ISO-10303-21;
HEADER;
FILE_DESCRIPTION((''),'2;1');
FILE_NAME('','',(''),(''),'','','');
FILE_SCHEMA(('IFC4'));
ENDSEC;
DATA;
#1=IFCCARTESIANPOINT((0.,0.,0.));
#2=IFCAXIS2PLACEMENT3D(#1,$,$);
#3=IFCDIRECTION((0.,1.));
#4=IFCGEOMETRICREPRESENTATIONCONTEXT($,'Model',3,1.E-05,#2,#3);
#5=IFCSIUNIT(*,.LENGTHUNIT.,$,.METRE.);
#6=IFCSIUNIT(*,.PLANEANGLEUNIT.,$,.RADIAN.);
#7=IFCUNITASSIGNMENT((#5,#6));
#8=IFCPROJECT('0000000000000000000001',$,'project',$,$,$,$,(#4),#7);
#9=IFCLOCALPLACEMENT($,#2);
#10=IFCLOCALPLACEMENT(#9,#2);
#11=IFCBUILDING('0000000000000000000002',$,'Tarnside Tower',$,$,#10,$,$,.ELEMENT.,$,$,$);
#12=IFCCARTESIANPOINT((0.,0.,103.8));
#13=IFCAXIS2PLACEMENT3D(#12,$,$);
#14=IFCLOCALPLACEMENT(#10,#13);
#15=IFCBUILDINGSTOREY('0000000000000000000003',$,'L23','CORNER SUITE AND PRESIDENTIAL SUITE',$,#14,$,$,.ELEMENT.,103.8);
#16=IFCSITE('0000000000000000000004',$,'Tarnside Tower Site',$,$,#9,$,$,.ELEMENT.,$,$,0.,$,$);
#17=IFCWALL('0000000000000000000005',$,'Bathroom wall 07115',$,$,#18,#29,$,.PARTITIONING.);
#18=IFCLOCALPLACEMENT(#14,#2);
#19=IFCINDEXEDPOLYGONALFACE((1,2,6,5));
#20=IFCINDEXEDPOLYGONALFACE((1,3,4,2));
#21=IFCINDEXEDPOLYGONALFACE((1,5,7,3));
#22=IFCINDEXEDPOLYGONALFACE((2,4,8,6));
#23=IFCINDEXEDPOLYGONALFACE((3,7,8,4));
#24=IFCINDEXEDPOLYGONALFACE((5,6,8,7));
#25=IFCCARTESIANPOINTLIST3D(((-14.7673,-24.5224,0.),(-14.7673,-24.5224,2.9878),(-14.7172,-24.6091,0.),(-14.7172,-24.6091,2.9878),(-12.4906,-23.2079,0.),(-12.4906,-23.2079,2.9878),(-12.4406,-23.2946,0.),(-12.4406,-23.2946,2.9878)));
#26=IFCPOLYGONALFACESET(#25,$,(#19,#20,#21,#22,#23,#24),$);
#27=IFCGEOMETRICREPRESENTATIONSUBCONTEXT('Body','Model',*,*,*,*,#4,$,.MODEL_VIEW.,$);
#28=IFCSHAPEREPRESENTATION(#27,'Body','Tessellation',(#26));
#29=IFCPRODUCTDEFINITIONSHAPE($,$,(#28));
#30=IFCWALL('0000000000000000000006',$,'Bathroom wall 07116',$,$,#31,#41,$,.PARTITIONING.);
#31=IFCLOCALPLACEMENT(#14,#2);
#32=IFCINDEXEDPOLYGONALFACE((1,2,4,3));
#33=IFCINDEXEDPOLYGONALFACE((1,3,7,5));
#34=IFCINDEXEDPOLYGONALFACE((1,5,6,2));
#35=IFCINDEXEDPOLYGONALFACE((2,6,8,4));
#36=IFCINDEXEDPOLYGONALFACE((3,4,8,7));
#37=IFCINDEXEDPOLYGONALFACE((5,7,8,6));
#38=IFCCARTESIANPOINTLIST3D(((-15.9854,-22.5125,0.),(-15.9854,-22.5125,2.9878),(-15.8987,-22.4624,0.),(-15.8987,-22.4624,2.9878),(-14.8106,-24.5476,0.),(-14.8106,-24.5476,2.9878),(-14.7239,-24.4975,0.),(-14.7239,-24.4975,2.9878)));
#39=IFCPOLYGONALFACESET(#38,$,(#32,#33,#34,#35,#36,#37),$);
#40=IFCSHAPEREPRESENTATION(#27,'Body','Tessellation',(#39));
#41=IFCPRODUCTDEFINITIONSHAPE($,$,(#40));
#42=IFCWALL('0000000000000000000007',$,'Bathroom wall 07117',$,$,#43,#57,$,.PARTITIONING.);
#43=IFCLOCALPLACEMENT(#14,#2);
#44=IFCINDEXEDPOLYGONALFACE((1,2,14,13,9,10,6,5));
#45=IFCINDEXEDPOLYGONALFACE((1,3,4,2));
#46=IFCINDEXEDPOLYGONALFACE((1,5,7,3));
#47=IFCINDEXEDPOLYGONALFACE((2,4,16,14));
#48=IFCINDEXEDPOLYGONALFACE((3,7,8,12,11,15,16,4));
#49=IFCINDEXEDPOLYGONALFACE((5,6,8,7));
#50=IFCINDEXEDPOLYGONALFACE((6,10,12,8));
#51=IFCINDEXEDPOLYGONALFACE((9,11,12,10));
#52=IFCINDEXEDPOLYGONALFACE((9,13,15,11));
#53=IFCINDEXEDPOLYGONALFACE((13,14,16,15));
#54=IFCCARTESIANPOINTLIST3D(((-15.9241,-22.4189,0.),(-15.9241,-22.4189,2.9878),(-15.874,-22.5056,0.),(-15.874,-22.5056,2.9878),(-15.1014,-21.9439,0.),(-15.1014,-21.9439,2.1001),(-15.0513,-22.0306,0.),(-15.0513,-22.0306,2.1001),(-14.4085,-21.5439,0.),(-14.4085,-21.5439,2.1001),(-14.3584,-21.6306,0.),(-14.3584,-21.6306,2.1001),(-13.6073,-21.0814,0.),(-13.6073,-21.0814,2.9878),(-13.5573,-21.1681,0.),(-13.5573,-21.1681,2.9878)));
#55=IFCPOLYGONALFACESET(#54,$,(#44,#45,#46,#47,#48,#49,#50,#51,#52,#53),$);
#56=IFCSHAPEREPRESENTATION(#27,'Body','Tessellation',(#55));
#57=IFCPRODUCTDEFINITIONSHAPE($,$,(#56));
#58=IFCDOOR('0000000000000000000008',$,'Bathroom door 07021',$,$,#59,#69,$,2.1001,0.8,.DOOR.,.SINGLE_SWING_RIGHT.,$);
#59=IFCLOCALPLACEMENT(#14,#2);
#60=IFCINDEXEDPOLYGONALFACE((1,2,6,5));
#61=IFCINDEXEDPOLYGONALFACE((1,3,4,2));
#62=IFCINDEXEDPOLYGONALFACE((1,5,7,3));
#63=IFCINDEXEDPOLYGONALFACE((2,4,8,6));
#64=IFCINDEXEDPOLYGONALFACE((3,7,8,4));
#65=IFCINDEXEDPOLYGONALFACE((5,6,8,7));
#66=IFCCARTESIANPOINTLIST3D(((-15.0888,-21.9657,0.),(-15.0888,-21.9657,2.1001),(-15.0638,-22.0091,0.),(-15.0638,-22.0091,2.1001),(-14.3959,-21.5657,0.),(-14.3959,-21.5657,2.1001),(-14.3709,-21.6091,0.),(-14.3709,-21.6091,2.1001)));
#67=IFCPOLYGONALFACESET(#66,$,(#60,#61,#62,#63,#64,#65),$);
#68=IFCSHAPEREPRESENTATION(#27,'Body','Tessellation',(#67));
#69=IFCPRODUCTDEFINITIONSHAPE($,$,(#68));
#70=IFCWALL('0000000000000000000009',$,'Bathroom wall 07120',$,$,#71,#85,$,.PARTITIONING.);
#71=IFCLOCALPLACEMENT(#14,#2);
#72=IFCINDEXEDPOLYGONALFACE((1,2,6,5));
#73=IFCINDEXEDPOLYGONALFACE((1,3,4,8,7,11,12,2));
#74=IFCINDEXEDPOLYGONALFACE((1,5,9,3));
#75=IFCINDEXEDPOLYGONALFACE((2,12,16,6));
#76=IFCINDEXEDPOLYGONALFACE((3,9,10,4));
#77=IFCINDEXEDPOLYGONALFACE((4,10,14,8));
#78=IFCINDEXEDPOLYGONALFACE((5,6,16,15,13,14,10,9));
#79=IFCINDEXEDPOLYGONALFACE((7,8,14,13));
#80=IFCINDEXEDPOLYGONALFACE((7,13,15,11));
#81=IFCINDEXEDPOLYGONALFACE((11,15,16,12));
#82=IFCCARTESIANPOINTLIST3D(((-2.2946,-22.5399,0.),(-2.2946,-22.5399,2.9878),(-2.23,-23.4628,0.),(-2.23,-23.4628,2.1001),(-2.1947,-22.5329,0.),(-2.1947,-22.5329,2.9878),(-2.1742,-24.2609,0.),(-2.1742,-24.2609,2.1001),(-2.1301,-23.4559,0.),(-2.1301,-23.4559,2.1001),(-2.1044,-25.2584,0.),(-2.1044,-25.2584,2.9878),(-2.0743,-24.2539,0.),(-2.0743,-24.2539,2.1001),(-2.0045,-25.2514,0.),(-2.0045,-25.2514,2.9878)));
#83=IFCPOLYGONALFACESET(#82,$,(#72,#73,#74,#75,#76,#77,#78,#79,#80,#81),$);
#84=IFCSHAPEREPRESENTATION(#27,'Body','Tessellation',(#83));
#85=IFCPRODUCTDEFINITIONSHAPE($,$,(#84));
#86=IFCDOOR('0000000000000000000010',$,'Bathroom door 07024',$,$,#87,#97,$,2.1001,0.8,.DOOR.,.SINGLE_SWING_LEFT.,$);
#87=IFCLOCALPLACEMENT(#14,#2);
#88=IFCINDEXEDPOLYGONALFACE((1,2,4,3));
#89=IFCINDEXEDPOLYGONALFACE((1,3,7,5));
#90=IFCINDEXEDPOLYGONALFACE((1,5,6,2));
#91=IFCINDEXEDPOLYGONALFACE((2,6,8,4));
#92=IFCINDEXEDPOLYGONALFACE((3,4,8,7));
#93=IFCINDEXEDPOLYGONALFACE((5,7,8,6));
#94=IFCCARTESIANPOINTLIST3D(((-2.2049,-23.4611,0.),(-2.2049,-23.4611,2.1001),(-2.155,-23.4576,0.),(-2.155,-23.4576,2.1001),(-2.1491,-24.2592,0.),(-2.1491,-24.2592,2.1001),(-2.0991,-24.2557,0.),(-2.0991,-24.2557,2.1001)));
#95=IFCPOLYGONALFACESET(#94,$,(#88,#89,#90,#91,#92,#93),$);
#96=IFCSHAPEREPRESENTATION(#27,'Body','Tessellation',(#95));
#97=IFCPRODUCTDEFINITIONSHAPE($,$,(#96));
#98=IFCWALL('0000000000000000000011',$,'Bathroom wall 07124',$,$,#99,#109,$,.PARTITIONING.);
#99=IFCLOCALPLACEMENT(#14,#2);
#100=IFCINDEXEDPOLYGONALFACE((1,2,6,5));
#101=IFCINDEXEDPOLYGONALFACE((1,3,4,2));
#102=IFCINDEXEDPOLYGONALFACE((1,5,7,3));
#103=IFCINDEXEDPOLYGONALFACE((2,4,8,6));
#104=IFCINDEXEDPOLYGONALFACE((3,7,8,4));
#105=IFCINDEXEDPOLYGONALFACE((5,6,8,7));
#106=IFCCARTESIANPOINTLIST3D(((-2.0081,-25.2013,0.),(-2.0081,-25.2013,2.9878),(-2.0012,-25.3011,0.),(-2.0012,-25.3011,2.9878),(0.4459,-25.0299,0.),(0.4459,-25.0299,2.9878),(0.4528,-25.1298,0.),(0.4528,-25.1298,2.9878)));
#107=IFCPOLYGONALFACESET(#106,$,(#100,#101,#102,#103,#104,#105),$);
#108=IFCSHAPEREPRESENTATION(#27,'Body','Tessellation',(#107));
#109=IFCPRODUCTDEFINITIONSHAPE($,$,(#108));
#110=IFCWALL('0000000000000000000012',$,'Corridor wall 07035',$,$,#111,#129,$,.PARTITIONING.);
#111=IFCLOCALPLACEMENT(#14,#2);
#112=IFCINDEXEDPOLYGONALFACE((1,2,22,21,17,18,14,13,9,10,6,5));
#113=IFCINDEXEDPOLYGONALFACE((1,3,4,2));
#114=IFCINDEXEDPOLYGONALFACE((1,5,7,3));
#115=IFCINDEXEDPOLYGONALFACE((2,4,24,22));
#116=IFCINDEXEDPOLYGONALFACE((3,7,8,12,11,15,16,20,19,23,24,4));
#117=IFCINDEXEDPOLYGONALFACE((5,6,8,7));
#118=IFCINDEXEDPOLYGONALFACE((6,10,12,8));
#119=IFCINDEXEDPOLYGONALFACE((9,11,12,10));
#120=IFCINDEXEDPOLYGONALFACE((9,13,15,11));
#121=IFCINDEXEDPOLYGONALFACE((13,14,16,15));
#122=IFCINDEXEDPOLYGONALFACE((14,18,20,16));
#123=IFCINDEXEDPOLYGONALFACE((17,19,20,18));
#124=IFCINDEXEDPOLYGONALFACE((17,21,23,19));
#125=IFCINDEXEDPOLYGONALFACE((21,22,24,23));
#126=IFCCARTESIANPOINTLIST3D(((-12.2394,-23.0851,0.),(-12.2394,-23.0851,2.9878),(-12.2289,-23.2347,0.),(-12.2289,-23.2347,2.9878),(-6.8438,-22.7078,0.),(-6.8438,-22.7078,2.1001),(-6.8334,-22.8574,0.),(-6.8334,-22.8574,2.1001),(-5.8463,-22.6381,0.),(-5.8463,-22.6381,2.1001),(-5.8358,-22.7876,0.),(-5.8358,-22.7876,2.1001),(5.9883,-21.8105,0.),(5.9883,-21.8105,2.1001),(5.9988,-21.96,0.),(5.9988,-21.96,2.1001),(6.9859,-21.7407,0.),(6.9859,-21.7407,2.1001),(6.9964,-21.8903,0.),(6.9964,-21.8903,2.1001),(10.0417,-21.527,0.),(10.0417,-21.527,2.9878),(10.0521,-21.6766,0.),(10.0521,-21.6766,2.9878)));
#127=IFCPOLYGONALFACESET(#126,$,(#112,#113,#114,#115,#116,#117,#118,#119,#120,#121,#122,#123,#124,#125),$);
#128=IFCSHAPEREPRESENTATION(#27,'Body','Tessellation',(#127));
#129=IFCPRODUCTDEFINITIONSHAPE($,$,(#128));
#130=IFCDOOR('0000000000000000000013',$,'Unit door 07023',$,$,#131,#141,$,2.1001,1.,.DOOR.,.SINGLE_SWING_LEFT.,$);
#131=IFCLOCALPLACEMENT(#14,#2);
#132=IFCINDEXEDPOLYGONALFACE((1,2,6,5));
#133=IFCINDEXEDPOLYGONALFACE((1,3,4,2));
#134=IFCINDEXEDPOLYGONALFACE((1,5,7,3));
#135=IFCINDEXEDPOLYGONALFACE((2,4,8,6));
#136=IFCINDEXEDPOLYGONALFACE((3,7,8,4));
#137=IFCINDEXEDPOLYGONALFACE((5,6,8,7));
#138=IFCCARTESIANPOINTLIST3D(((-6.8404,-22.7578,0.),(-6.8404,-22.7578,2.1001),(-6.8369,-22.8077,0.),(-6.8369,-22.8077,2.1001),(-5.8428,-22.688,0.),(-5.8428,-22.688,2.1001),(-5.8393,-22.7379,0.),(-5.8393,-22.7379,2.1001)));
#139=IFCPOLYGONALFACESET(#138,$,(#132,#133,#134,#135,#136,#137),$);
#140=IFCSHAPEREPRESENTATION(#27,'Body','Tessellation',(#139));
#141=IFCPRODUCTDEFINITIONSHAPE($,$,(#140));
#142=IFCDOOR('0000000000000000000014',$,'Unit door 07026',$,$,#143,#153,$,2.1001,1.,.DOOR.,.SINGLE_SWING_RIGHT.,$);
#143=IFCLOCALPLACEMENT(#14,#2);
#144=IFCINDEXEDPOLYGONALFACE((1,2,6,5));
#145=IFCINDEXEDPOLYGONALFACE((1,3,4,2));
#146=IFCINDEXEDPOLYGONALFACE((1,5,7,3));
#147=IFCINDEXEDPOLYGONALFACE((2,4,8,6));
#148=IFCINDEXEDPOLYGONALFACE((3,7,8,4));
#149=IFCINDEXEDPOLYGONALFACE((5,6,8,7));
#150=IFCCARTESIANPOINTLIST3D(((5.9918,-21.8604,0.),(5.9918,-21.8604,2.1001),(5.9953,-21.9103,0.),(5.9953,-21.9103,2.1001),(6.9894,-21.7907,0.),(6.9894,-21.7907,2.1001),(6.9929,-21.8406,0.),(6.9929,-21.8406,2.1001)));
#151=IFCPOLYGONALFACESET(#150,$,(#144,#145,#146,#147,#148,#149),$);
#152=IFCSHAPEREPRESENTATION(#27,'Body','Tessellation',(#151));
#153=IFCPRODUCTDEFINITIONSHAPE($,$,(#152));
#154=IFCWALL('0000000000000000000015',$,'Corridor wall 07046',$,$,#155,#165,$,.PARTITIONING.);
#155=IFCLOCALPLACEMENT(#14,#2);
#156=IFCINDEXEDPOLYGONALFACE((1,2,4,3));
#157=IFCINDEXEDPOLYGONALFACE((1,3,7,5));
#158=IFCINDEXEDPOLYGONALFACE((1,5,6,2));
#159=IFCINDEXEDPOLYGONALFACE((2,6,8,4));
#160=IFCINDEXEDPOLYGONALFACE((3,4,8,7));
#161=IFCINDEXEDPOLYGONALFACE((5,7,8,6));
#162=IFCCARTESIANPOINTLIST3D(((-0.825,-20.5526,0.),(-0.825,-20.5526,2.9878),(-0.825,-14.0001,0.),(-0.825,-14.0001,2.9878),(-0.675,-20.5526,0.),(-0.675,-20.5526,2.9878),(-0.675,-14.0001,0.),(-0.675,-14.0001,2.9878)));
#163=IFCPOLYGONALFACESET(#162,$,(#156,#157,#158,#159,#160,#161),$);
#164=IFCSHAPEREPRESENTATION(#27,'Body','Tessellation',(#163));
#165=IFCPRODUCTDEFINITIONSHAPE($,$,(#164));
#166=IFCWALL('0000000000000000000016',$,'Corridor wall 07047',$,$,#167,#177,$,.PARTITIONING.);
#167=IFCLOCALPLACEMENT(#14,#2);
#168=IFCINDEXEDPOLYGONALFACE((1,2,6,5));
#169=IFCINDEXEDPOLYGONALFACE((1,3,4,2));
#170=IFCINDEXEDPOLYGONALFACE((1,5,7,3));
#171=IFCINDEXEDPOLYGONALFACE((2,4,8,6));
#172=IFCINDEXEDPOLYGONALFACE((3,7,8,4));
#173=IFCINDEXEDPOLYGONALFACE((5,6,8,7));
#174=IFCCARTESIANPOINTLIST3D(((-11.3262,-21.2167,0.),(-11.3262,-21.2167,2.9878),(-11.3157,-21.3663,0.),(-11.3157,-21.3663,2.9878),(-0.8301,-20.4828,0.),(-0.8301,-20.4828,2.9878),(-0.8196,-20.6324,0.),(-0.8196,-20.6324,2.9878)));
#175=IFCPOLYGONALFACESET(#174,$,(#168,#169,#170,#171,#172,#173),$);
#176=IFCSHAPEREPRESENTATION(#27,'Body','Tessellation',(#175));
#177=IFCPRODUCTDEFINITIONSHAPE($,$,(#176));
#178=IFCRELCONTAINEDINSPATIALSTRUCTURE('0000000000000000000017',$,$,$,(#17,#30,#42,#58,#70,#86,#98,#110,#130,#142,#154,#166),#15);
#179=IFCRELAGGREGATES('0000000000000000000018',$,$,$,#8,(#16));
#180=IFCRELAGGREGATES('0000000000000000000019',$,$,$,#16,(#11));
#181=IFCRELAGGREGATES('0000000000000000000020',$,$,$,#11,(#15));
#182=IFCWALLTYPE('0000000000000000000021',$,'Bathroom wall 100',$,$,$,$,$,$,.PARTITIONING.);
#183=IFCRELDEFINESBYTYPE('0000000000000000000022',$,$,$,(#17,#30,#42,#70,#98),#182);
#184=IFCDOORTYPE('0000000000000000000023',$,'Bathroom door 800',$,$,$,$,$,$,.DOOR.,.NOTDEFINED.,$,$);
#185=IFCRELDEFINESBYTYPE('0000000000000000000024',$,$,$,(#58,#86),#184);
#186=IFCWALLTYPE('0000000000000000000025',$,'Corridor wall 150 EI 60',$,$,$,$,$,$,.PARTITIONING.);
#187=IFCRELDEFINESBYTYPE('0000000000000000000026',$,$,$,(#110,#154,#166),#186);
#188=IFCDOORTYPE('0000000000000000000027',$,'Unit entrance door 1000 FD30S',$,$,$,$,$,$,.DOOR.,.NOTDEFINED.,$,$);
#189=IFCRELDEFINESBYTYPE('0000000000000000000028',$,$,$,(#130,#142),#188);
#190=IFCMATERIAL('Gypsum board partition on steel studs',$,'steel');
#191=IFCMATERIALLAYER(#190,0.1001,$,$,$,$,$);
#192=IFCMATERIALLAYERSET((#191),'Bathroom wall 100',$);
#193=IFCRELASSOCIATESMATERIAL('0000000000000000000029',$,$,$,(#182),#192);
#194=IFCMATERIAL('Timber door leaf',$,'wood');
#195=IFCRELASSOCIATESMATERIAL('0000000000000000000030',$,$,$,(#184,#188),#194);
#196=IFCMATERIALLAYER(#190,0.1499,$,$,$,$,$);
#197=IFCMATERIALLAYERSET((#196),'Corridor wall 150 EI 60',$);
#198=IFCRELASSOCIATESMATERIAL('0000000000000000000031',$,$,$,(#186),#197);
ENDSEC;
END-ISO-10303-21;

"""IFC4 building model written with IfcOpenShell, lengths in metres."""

from ifc_helpers import new_model, si_unit, direction, frame, frame_2d, origin, place, context, subcontext, project, spatial, rectangle, extrude, material, layer, layer_set, type_object, element, fill, save


model = new_model("IFC4")

# Units and contexts
model_context = context("Model", 3, precision=1e-05, world=origin(), true_north=direction((0.0, 1.0)))
body_context = subcontext(model_context, "Body", "Model", "MODEL_VIEW")
ifc_project = project(units=[si_unit("LENGTHUNIT", "METRE"), si_unit("PLANEANGLEUNIT", "RADIAN")], contexts=[model_context])

# Site, building, storey
site_placement = place(None, origin())
site = spatial("IfcSite", under=ifc_project, at=site_placement, Name="Tarnside Tower Site", CompositionType="ELEMENT", RefElevation=0.0)
building_placement = place(site_placement, origin())
building = spatial("IfcBuilding", under=site, at=building_placement, Name="Tarnside Tower", CompositionType="ELEMENT")
storey_placement = place(building_placement, frame((0.0, 0.0, 103.8)))
storey = spatial("IfcBuildingStorey", under=building, at=storey_placement, Name="L23", Description="CORNER SUITE AND PRESIDENTIAL SUITE", CompositionType="ELEMENT", Elevation=103.8)

# Walls
ifc_material_1 = material(Name="Gypsum board partition on steel studs", Category="steel")
ifc_layer_1 = layer(ifc_material_1, 0.1001)
ifc_layer_set_1 = layer_set([ifc_layer_1], Name="Bathroom wall 100")
wall_type_1 = type_object("IfcWallType", Name="Bathroom wall 100", PredefinedType="PARTITIONING", material=ifc_layer_set_1)
wall_1_placement = place(storey_placement, frame((-12.4656, -23.2512, 0.0), z_axis=(0.0, 0.0, 1.0), x_axis=(-0.866017, -0.500015, 0.0)))
element("IfcWall", 1, at=wall_1_placement, inside=storey, type_object=wall_type_1, Name="Bathroom wall 07115", PredefinedType="PARTITIONING", context=body_context, shape_type="SweptSolid", body=[
    extrude(rectangle(XDim=2.6289, YDim=0.1001, at=frame_2d((1.3145, 0.0))), origin(), (0.0, 0.0, 1.0), 2.9878),
])
wall_2_placement = place(storey_placement, frame((-14.7673, -24.5225, 0.0), z_axis=(0.0, 0.0, 1.0), x_axis=(-0.499938, 0.866061, 0.0)))
element("IfcWall", 2, at=wall_2_placement, inside=storey, type_object=wall_type_1, Name="Bathroom wall 07116", PredefinedType="PARTITIONING", context=body_context, shape_type="SweptSolid", body=[
    extrude(rectangle(XDim=2.3499, YDim=0.1001, at=frame_2d((1.1748, 0.0))), origin(), (0.0, 0.0, 1.0), 2.9878),
])

# Walls, openings, doors
wall_3_placement = place(storey_placement, frame((-15.8989, -22.4622, 0.0), z_axis=(0.0, 0.0, 1.0), x_axis=(0.866044, 0.499967, 0.0)))
wall_3 = element("IfcWall", 3, at=wall_3_placement, inside=storey, type_object=wall_type_1, Name="Bathroom wall 07117", PredefinedType="PARTITIONING", context=body_context, shape_type="SweptSolid", body=[
    extrude(rectangle(XDim=2.675, YDim=0.1001, at=frame_2d((1.3374, 0.0))), origin(), (0.0, 0.0, 1.0), 2.9878),
])
opening_1_placement = place(wall_3_placement, frame((0.95, 0.0, 0.0)))
opening_1 = element("IfcOpeningElement", 4, at=opening_1_placement, cuts=wall_3, PredefinedType="OPENING", context=body_context, shape_type="SweptSolid", body=[
    extrude(rectangle(XDim=0.8, YDim=2.1001, at=frame_2d((0.3999, 1.05))), frame((0.0, 0.0601, 0.0), z_axis=(0.0, -1.0, 0.0), x_axis=(1.0, 0.0, 0.0)), (0.0, 0.0, 1.0), 0.1201),
])
ifc_material_2 = material(Name="Timber door leaf", Category="wood")
door_type_1 = type_object("IfcDoorType", Name="Bathroom door 800", OperationType="NOTDEFINED", PredefinedType="DOOR", material=ifc_material_2)
door_1_placement = place(opening_1_placement, origin())
door_1 = element("IfcDoor", 5, at=door_1_placement, inside=storey, type_object=door_type_1, Name="Bathroom door 07021", OperationType="SINGLE_SWING_RIGHT", OverallHeight=2.1001, OverallWidth=0.8, PredefinedType="DOOR", context=body_context, shape_type="SweptSolid", body=[
    extrude(rectangle(XDim=0.8, YDim=2.1001, at=frame_2d((0.3999, 1.05))), frame((0.0, 0.0249, 0.0), z_axis=(0.0, -1.0, 0.0), x_axis=(1.0, 0.0, 0.0)), (0.0, 0.0, 1.0), 0.05),
])
fill(opening_1, door_1)
wall_4_placement = place(storey_placement, frame((-2.0544, -25.2549, 0.0), z_axis=(0.0, 0.0, 1.0), x_axis=(-0.069789, 0.997562, 0.0)))
wall_4 = element("IfcWall", 6, at=wall_4_placement, inside=storey, type_object=wall_type_1, Name="Bathroom wall 07120", PredefinedType="PARTITIONING", context=body_context, shape_type="SweptSolid", body=[
    extrude(rectangle(XDim=2.7251, YDim=0.1001, at=frame_2d((1.3625, 0.0))), origin(), (0.0, 0.0, 1.0), 2.9878),
])
opening_2_placement = place(wall_4_placement, frame((1.0, 0.0, 0.0)))
opening_2 = element("IfcOpeningElement", 7, at=opening_2_placement, cuts=wall_4, PredefinedType="OPENING", context=body_context, shape_type="SweptSolid", body=[
    extrude(rectangle(XDim=0.8, YDim=2.1001, at=frame_2d((0.3999, 1.05))), frame((0.0, 0.0601, 0.0), z_axis=(0.0, -1.0, 0.0), x_axis=(1.0, 0.0, 0.0)), (0.0, 0.0, 1.0), 0.1201),
])
door_2_placement = place(opening_2_placement, origin())
door_2 = element("IfcDoor", 8, at=door_2_placement, inside=storey, type_object=door_type_1, Name="Bathroom door 07024", OperationType="SINGLE_SWING_LEFT", OverallHeight=2.1001, OverallWidth=0.8, PredefinedType="DOOR", context=body_context, shape_type="SweptSolid", body=[
    extrude(rectangle(XDim=0.8, YDim=2.1001, at=frame_2d((0.3999, 1.05))), frame((0.0, 0.0249, 0.0), z_axis=(0.0, -1.0, 0.0), x_axis=(1.0, 0.0, 0.0)), (0.0, 0.0, 1.0), 0.05),
])
fill(opening_2, door_2)

# Wall
wall_5_placement = place(storey_placement, frame((-2.0046, -25.2512, 0.0), z_axis=(0.0, 0.0, 1.0), x_axis=(0.99757, 0.069667, 0.0)))
element("IfcWall", 9, at=wall_5_placement, inside=storey, type_object=wall_type_1, Name="Bathroom wall 07124", PredefinedType="PARTITIONING", context=body_context, shape_type="SweptSolid", body=[
    extrude(rectangle(XDim=2.46, YDim=0.1001, at=frame_2d((1.23, 0.0))), origin(), (0.0, 0.0, 1.0), 2.9878),
])

# Wall, openings, doors
ifc_layer_2 = layer(ifc_material_1, 0.1499)
ifc_layer_set_2 = layer_set([ifc_layer_2], Name="Corridor wall 150 EI 60")
wall_type_2 = type_object("IfcWallType", Name="Corridor wall 150 EI 60", PredefinedType="PARTITIONING", material=ifc_layer_set_2)
wall_6_placement = place(storey_placement, frame((-12.2341, -23.1599, 0.0), z_axis=(0.0, 0.0, 1.0), x_axis=(0.997564, 0.069759, 0.0)))
wall_6 = element("IfcWall", 10, at=wall_6_placement, inside=storey, type_object=wall_type_2, Name="Corridor wall 07035", PredefinedType="PARTITIONING", context=body_context, shape_type="SweptSolid", body=[
    extrude(rectangle(XDim=22.3354, YDim=0.1499, at=frame_2d((11.1677, 0.0))), origin(), (0.0, 0.0, 1.0), 2.9878),
])
opening_3_placement = place(wall_6_placement, frame((5.4087, 0.0, 0.0)))
opening_3 = element("IfcOpeningElement", 11, at=opening_3_placement, cuts=wall_6, PredefinedType="OPENING", context=body_context, shape_type="SweptSolid", body=[
    extrude(rectangle(XDim=1.0, YDim=2.1001, at=frame_2d((0.5, 1.05))), frame((0.0, 0.085, 0.0), z_axis=(0.0, -1.0, 0.0), x_axis=(1.0, 0.0, 0.0)), (0.0, 0.0, 1.0), 0.1699),
])
opening_4_placement = place(wall_6_placement, frame((18.2722, 0.0, 0.0)))
opening_4 = element("IfcOpeningElement", 12, at=opening_4_placement, cuts=wall_6, PredefinedType="OPENING", context=body_context, shape_type="SweptSolid", body=[
    extrude(rectangle(XDim=1.0, YDim=2.1001, at=frame_2d((0.5, 1.05))), frame((0.0, 0.085, 0.0), z_axis=(0.0, -1.0, 0.0), x_axis=(1.0, 0.0, 0.0)), (0.0, 0.0, 1.0), 0.1699),
])
door_type_2 = type_object("IfcDoorType", Name="Unit entrance door 1000 FD30S", OperationType="NOTDEFINED", PredefinedType="DOOR", material=ifc_material_2)
door_3_placement = place(opening_3_placement, origin())
door_3 = element("IfcDoor", 13, at=door_3_placement, inside=storey, type_object=door_type_2, Name="Unit door 07023", OperationType="SINGLE_SWING_LEFT", OverallHeight=2.1001, OverallWidth=1.0, PredefinedType="DOOR", context=body_context, shape_type="SweptSolid", body=[
    extrude(rectangle(XDim=1.0, YDim=2.1001, at=frame_2d((0.5, 1.05))), frame((0.0, 0.0249, 0.0), z_axis=(0.0, -1.0, 0.0), x_axis=(1.0, 0.0, 0.0)), (0.0, 0.0, 1.0), 0.05),
])
fill(opening_3, door_3)
door_4_placement = place(opening_4_placement, origin())
door_4 = element("IfcDoor", 14, at=door_4_placement, inside=storey, type_object=door_type_2, Name="Unit door 07026", OperationType="SINGLE_SWING_RIGHT", OverallHeight=2.1001, OverallWidth=1.0, PredefinedType="DOOR", context=body_context, shape_type="SweptSolid", body=[
    extrude(rectangle(XDim=1.0, YDim=2.1001, at=frame_2d((0.5, 1.05))), frame((0.0, 0.0249, 0.0), z_axis=(0.0, -1.0, 0.0), x_axis=(1.0, 0.0, 0.0)), (0.0, 0.0, 1.0), 0.05),
])
fill(opening_4, door_4)

# Walls
wall_7_placement = place(storey_placement, frame((-0.75, -14.0, 0.0), z_axis=(0.0, 0.0, 1.0), x_axis=(0.0, -1.0, 0.0)))
element("IfcWall", 15, at=wall_7_placement, inside=storey, type_object=wall_type_2, Name="Corridor wall 07046", PredefinedType="PARTITIONING", context=body_context, shape_type="SweptSolid", body=[
    extrude(rectangle(XDim=6.5525, YDim=0.1499, at=frame_2d((3.2764, 0.0))), origin(), (0.0, 0.0, 1.0), 2.9878),
])
wall_8_placement = place(storey_placement, frame((-0.825, -20.5576, 0.0), z_axis=(0.0, 0.0, 1.0), x_axis=(-0.997565, -0.06975, 0.0)))
element("IfcWall", 16, at=wall_8_placement, inside=storey, type_object=wall_type_2, Name="Corridor wall 07047", PredefinedType="PARTITIONING", context=body_context, shape_type="SweptSolid", body=[
    extrude(rectangle(XDim=10.5217, YDim=0.1499, at=frame_2d((5.2607, 0.0))), origin(), (0.0, 0.0, 1.0), 2.9878),
])

save(model, "model.ifc")
